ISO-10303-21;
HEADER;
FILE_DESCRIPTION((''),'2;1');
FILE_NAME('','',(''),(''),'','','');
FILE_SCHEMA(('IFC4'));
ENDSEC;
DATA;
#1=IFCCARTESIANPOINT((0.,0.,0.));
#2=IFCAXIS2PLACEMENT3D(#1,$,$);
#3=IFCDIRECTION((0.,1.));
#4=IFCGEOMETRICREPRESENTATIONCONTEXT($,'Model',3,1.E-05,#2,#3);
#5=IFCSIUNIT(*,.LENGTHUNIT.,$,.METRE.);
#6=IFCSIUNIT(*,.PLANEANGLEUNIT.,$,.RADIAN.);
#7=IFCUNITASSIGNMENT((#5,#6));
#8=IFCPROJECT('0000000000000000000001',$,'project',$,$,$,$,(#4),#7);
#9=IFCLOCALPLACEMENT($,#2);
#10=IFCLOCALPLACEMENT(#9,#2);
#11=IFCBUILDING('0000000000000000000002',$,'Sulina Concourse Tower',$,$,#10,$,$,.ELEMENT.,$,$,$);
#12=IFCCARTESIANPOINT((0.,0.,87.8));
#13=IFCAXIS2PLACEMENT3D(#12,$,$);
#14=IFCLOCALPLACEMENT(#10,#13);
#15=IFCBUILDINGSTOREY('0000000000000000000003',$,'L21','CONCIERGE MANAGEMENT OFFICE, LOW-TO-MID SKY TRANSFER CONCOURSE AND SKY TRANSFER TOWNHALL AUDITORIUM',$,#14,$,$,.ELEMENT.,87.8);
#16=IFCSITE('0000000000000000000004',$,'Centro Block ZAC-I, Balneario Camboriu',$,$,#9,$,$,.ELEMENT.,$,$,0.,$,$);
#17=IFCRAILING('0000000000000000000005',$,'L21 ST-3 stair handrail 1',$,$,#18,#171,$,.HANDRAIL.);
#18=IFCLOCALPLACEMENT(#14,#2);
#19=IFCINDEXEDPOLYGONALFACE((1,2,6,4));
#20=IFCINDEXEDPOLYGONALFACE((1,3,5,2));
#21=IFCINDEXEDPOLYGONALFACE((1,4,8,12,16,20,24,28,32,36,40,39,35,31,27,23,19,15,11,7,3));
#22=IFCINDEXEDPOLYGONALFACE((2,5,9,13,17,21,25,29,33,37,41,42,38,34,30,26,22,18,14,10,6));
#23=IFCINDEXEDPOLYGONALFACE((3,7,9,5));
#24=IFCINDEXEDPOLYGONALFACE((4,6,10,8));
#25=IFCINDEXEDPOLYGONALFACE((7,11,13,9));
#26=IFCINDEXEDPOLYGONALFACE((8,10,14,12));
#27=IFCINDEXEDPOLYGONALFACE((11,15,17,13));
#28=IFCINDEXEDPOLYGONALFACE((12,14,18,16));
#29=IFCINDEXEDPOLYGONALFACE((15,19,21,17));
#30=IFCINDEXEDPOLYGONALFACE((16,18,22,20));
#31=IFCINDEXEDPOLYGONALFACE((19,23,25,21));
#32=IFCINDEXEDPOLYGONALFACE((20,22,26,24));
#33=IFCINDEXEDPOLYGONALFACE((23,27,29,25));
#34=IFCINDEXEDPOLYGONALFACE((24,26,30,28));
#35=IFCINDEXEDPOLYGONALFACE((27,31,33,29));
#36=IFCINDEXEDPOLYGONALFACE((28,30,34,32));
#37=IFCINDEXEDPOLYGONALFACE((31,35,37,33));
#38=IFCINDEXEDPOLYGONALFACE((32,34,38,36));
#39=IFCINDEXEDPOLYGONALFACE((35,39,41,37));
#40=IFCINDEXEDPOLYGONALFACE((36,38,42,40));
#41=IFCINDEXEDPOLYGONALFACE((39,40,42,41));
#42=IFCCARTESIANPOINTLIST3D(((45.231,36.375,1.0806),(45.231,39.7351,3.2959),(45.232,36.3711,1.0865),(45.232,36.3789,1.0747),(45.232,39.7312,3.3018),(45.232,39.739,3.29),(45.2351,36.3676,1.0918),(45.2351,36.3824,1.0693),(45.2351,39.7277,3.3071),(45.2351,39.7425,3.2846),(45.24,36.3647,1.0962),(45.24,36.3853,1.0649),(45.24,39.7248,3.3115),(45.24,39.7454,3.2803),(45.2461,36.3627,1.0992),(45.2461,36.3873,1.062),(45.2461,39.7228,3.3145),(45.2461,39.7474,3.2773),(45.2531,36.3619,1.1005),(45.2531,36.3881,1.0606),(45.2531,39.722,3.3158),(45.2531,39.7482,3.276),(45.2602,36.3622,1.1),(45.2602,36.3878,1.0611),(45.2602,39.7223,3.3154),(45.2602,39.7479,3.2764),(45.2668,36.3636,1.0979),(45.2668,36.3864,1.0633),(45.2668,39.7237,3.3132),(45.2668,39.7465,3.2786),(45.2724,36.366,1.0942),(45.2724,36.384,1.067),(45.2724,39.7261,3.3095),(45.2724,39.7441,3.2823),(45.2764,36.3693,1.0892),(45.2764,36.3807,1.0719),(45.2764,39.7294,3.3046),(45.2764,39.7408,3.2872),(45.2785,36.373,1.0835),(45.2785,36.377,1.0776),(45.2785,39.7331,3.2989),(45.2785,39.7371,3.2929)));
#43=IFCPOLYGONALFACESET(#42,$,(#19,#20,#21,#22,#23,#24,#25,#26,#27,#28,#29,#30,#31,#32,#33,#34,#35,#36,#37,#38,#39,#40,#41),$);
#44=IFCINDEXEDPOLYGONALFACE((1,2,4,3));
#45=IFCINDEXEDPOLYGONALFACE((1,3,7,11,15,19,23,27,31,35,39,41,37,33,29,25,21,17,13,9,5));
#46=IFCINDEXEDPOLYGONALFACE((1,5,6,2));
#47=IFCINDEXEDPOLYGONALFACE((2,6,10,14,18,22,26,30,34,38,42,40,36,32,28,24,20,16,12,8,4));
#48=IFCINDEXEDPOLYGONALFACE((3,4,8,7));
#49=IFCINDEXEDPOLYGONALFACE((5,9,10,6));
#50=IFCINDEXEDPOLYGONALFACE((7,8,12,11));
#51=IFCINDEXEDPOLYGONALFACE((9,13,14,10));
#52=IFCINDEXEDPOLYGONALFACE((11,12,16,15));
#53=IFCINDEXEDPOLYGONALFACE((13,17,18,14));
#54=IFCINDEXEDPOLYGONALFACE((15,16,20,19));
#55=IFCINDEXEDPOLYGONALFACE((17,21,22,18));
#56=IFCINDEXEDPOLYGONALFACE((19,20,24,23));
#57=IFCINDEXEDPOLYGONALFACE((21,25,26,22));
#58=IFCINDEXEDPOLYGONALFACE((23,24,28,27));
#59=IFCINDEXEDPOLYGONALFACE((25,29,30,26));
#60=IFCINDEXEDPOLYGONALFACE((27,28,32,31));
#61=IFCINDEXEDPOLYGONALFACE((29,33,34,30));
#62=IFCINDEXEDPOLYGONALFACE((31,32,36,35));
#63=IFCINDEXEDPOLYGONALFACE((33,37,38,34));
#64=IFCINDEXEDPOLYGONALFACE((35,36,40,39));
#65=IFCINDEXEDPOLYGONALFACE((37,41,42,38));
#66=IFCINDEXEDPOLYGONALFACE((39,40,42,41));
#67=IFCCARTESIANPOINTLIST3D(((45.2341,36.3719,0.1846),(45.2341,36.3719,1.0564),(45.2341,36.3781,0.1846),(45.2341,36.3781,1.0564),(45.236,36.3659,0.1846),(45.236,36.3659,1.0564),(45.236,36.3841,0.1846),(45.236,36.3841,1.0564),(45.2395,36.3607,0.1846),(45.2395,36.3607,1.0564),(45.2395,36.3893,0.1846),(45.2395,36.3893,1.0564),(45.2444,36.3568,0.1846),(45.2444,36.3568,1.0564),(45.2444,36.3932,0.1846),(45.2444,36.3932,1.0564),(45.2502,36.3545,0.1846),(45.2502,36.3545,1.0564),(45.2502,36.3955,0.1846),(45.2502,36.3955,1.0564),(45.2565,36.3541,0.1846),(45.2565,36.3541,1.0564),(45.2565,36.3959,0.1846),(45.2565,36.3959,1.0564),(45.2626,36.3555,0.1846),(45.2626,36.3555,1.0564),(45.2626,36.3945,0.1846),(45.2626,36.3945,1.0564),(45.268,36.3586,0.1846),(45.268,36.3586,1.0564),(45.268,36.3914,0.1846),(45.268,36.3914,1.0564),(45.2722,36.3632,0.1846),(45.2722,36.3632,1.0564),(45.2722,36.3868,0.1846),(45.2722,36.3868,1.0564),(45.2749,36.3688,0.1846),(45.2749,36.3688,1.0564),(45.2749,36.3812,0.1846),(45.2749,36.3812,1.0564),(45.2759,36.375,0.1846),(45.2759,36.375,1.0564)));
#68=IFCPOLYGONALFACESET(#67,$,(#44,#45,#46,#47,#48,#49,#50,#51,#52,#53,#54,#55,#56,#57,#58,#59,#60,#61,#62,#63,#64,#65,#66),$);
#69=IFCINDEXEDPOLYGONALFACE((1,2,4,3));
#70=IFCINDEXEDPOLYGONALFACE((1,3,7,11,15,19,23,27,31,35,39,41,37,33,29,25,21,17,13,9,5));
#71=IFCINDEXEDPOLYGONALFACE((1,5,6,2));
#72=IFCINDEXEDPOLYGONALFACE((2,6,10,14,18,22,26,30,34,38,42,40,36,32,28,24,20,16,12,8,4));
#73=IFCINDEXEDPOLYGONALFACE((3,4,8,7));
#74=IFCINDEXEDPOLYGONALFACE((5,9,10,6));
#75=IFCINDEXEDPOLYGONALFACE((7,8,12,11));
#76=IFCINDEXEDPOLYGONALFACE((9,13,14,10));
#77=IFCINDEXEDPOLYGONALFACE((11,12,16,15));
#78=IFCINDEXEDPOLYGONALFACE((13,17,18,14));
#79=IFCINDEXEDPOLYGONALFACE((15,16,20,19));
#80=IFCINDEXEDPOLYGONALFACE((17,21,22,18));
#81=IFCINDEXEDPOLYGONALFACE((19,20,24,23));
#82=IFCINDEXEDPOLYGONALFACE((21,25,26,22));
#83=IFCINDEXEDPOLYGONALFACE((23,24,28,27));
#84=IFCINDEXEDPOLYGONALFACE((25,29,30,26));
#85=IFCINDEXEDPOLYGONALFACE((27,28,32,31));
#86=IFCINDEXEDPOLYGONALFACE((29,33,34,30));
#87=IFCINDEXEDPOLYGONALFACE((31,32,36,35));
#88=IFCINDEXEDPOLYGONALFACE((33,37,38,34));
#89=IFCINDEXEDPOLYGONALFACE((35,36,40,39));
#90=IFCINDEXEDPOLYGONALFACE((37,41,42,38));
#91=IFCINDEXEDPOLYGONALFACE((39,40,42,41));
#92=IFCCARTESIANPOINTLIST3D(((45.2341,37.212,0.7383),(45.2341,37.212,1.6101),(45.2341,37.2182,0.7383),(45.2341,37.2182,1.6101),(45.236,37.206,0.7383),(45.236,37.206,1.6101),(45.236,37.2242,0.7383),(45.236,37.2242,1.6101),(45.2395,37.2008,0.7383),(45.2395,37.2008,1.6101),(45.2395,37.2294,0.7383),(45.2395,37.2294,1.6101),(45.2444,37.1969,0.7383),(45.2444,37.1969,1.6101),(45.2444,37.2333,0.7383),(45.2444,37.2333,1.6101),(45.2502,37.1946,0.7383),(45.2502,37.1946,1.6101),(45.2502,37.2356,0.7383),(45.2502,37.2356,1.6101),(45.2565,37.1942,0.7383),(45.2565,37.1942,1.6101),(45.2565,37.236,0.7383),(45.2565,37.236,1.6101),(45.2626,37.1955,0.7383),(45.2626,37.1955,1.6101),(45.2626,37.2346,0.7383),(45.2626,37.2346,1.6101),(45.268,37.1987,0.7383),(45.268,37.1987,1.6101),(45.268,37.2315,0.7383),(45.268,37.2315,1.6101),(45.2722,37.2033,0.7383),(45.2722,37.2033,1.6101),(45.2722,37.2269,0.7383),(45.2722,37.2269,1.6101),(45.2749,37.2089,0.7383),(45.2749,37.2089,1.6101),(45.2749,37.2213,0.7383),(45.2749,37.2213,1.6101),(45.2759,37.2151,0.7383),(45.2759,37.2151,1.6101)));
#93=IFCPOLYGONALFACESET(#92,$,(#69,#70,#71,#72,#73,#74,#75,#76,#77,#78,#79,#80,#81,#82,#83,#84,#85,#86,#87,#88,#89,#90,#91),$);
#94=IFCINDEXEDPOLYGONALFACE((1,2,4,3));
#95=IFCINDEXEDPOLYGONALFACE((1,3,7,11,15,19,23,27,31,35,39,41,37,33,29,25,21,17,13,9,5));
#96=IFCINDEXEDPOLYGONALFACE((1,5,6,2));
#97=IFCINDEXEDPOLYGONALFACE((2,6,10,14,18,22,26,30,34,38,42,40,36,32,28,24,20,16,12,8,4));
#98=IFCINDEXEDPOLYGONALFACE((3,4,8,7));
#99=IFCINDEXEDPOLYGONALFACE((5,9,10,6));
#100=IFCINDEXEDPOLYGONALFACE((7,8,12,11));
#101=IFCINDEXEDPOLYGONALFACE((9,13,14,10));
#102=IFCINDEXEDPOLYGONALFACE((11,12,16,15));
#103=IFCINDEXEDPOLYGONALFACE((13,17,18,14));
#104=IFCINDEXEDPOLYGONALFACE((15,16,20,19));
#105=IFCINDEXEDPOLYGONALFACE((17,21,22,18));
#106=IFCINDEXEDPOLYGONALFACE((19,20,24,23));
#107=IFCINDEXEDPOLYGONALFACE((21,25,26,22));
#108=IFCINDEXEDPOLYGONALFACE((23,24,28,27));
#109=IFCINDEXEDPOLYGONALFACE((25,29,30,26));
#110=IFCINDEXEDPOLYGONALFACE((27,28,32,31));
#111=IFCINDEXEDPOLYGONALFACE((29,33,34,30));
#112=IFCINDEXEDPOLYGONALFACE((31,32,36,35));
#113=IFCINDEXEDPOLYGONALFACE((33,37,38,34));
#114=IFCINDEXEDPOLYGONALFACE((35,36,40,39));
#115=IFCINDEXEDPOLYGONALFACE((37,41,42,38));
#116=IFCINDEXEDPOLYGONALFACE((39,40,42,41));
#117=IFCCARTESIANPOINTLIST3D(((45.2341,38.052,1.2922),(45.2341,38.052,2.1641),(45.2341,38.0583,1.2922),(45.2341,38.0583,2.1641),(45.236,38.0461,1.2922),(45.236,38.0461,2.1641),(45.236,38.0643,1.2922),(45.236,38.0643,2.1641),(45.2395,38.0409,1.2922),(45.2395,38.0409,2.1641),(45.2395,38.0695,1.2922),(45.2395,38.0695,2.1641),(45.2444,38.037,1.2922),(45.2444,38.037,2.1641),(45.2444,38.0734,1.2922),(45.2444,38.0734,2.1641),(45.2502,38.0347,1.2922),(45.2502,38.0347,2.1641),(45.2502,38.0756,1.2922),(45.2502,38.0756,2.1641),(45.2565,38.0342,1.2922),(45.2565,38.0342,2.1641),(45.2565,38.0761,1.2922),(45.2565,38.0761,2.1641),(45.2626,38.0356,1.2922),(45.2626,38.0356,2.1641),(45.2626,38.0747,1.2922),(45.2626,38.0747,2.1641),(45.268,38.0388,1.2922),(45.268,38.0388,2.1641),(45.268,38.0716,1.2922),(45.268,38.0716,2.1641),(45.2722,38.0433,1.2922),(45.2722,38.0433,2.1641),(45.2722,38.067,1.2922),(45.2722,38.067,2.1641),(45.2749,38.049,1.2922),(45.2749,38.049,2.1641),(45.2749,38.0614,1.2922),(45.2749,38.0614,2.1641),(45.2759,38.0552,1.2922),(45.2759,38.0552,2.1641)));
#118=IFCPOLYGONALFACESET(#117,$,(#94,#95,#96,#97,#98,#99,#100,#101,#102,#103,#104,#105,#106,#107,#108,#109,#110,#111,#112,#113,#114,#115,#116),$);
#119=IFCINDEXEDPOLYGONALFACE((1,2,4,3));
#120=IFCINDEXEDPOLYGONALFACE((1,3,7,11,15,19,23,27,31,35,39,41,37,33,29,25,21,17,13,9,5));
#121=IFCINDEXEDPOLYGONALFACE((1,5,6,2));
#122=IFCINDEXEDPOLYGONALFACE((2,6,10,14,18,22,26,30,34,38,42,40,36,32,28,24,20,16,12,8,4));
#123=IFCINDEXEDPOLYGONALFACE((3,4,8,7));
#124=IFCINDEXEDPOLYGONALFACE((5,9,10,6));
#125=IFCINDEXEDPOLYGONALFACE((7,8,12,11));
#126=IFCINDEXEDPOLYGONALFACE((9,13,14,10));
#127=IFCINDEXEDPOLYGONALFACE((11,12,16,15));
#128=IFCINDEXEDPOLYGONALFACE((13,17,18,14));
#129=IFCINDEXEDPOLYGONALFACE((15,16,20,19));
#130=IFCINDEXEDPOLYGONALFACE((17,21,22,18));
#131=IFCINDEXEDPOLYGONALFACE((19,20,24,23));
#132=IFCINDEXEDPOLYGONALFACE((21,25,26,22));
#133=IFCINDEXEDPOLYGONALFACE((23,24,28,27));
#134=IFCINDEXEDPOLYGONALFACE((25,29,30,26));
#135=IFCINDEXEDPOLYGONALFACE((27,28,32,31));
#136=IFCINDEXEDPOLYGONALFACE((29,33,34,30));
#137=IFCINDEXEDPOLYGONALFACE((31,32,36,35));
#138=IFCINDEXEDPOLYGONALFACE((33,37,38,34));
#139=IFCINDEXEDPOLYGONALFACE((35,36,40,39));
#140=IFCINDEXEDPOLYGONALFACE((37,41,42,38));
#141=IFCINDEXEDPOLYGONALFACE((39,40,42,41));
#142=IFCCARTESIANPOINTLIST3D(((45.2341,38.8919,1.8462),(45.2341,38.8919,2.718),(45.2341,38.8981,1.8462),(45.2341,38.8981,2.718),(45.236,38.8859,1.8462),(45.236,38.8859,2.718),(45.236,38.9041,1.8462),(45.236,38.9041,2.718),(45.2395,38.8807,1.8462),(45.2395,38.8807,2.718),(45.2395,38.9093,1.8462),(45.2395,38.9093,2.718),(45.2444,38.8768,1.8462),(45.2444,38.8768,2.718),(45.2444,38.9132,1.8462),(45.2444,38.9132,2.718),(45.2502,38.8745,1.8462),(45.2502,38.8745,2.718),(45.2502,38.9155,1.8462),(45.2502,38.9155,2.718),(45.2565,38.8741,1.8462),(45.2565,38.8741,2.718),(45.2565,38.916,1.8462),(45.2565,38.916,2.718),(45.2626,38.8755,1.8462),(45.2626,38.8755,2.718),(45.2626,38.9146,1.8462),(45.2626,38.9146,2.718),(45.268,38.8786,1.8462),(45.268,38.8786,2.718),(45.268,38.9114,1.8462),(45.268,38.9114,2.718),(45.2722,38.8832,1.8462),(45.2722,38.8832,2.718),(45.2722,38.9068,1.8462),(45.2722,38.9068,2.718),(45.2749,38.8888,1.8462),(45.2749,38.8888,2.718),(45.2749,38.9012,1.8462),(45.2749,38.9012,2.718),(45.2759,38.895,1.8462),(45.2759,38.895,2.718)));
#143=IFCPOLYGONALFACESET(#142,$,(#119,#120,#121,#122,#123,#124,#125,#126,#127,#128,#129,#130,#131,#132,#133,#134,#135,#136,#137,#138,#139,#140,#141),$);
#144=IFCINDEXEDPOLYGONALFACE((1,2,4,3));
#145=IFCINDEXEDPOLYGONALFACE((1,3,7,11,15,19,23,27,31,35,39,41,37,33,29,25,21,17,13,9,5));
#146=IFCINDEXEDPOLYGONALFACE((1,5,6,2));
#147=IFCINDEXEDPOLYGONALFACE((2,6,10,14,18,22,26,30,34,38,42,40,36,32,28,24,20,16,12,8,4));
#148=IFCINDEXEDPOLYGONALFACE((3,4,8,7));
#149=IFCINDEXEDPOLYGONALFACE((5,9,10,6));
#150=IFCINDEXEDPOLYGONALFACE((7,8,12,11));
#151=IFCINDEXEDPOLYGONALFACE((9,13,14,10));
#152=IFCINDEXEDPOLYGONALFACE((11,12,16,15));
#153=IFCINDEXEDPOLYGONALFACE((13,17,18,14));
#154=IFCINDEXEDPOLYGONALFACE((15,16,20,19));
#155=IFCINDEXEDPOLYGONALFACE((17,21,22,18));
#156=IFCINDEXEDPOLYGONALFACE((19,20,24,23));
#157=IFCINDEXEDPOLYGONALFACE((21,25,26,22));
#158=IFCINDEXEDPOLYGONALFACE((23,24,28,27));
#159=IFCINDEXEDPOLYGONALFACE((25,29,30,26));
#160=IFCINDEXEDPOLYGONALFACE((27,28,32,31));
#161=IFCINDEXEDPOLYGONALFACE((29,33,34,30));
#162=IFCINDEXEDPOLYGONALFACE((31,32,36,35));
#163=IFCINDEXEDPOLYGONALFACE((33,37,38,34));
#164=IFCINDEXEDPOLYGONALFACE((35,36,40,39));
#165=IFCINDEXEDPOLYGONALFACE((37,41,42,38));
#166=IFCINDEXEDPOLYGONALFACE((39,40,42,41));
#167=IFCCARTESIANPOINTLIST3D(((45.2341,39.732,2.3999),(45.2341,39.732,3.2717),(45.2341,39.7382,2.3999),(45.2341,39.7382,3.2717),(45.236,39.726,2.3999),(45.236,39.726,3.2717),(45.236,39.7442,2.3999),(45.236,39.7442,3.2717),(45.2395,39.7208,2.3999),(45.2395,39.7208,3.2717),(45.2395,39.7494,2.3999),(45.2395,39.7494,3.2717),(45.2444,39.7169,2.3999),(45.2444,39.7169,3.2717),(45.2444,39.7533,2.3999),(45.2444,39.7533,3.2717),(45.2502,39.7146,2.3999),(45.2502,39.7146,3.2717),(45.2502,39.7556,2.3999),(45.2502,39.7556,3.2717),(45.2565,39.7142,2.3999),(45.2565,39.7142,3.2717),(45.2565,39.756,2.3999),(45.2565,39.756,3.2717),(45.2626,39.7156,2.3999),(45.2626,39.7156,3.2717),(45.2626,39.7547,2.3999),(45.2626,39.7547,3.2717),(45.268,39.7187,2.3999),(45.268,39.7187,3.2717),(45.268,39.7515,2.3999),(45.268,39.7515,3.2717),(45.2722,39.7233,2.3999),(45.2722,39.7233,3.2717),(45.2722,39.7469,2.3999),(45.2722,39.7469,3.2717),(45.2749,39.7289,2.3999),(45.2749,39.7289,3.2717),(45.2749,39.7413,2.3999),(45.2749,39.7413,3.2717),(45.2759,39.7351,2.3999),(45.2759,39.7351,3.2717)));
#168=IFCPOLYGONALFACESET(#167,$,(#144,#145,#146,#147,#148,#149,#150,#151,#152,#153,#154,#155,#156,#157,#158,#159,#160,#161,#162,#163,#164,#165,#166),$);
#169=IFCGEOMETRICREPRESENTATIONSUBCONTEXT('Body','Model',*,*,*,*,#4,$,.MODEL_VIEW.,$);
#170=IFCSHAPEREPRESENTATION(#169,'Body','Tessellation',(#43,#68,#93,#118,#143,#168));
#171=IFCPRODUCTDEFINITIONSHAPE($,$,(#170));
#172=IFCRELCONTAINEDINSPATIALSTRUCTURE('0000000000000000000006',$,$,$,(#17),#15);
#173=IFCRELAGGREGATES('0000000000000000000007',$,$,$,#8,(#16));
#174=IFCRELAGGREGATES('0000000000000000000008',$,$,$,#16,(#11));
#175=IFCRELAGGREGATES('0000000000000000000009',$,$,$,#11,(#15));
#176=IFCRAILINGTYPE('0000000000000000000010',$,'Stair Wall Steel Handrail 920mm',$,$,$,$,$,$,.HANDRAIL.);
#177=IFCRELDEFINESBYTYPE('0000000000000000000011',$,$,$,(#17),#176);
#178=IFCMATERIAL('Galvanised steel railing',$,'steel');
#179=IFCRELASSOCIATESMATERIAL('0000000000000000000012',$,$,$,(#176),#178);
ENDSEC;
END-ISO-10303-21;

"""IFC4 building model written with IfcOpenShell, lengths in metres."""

from ifc_helpers import new_model, si_unit, direction, frame, origin, origin_2d, place, context, subcontext, project, spatial, circle, extrude, material, type_object, element, save


model = new_model("IFC4")

# Units and contexts
model_context = context("Model", 3, precision=1e-05, world=origin(), true_north=direction((0.0, 1.0)))
body_context = subcontext(model_context, "Body", "Model", "MODEL_VIEW")
ifc_project = project(units=[si_unit("LENGTHUNIT", "METRE"), si_unit("PLANEANGLEUNIT", "RADIAN")], contexts=[model_context])

# Site, building, storey
site_placement = place(None, origin())
site = spatial("IfcSite", under=ifc_project, at=site_placement, Name="Centro Block ZAC-I, Balneario Camboriu", CompositionType="ELEMENT", RefElevation=0.0)
building_placement = place(site_placement, origin())
building = spatial("IfcBuilding", under=site, at=building_placement, Name="Sulina Concourse Tower", CompositionType="ELEMENT")
storey_placement = place(building_placement, frame((0.0, 0.0, 87.8)))
storey = spatial("IfcBuildingStorey", under=building, at=storey_placement, Name="L21", Description="CONCIERGE MANAGEMENT OFFICE, LOW-TO-MID SKY TRANSFER CONCOURSE AND SKY TRANSFER TOWNHALL AUDITORIUM", CompositionType="ELEMENT", Elevation=87.8)

# Railing
ifc_material_1 = material(Name="Galvanised steel railing", Category="steel")
railing_type_1 = type_object("IfcRailingType", Name="Stair Wall Steel Handrail 920mm", PredefinedType="HANDRAIL", material=ifc_material_1)
railing_1_placement = place(storey_placement, frame((45.2549, 36.375, 0.1846)))
element("IfcRailing", 1, at=railing_1_placement, inside=storey, type_object=railing_type_1, Name="L21 ST-3 stair handrail 1", PredefinedType="HANDRAIL", context=body_context, shape_type="SweptSolid", body=[
    extrude(circle(Radius=0.0239, at=origin_2d()), frame((0.0, 0.0, 0.896), z_axis=(0.0, 0.834876, 0.550437), x_axis=(-1.0, 0.0, 0.0)), (0.0, 0.0, 1.0), 4.0247),
    extrude(circle(Radius=0.021, at=origin_2d()), origin(), (0.0, 0.0, 1.0), 0.8718),
    extrude(circle(Radius=0.021, at=origin_2d()), frame((0.0, 0.8401, 0.5537)), (0.0, 0.0, 1.0), 0.8718),
    extrude(circle(Radius=0.021, at=origin_2d()), frame((0.0, 1.6802, 1.1077)), (0.0, 0.0, 1.0), 0.8718),
    extrude(circle(Radius=0.021, at=origin_2d()), frame((0.0, 2.52, 1.6616)), (0.0, 0.0, 1.0), 0.8718),
    extrude(circle(Radius=0.021, at=origin_2d()), frame((0.0, 3.3601, 2.2153)), (0.0, 0.0, 1.0), 0.8718),
])

save(model, "model.ifc")
